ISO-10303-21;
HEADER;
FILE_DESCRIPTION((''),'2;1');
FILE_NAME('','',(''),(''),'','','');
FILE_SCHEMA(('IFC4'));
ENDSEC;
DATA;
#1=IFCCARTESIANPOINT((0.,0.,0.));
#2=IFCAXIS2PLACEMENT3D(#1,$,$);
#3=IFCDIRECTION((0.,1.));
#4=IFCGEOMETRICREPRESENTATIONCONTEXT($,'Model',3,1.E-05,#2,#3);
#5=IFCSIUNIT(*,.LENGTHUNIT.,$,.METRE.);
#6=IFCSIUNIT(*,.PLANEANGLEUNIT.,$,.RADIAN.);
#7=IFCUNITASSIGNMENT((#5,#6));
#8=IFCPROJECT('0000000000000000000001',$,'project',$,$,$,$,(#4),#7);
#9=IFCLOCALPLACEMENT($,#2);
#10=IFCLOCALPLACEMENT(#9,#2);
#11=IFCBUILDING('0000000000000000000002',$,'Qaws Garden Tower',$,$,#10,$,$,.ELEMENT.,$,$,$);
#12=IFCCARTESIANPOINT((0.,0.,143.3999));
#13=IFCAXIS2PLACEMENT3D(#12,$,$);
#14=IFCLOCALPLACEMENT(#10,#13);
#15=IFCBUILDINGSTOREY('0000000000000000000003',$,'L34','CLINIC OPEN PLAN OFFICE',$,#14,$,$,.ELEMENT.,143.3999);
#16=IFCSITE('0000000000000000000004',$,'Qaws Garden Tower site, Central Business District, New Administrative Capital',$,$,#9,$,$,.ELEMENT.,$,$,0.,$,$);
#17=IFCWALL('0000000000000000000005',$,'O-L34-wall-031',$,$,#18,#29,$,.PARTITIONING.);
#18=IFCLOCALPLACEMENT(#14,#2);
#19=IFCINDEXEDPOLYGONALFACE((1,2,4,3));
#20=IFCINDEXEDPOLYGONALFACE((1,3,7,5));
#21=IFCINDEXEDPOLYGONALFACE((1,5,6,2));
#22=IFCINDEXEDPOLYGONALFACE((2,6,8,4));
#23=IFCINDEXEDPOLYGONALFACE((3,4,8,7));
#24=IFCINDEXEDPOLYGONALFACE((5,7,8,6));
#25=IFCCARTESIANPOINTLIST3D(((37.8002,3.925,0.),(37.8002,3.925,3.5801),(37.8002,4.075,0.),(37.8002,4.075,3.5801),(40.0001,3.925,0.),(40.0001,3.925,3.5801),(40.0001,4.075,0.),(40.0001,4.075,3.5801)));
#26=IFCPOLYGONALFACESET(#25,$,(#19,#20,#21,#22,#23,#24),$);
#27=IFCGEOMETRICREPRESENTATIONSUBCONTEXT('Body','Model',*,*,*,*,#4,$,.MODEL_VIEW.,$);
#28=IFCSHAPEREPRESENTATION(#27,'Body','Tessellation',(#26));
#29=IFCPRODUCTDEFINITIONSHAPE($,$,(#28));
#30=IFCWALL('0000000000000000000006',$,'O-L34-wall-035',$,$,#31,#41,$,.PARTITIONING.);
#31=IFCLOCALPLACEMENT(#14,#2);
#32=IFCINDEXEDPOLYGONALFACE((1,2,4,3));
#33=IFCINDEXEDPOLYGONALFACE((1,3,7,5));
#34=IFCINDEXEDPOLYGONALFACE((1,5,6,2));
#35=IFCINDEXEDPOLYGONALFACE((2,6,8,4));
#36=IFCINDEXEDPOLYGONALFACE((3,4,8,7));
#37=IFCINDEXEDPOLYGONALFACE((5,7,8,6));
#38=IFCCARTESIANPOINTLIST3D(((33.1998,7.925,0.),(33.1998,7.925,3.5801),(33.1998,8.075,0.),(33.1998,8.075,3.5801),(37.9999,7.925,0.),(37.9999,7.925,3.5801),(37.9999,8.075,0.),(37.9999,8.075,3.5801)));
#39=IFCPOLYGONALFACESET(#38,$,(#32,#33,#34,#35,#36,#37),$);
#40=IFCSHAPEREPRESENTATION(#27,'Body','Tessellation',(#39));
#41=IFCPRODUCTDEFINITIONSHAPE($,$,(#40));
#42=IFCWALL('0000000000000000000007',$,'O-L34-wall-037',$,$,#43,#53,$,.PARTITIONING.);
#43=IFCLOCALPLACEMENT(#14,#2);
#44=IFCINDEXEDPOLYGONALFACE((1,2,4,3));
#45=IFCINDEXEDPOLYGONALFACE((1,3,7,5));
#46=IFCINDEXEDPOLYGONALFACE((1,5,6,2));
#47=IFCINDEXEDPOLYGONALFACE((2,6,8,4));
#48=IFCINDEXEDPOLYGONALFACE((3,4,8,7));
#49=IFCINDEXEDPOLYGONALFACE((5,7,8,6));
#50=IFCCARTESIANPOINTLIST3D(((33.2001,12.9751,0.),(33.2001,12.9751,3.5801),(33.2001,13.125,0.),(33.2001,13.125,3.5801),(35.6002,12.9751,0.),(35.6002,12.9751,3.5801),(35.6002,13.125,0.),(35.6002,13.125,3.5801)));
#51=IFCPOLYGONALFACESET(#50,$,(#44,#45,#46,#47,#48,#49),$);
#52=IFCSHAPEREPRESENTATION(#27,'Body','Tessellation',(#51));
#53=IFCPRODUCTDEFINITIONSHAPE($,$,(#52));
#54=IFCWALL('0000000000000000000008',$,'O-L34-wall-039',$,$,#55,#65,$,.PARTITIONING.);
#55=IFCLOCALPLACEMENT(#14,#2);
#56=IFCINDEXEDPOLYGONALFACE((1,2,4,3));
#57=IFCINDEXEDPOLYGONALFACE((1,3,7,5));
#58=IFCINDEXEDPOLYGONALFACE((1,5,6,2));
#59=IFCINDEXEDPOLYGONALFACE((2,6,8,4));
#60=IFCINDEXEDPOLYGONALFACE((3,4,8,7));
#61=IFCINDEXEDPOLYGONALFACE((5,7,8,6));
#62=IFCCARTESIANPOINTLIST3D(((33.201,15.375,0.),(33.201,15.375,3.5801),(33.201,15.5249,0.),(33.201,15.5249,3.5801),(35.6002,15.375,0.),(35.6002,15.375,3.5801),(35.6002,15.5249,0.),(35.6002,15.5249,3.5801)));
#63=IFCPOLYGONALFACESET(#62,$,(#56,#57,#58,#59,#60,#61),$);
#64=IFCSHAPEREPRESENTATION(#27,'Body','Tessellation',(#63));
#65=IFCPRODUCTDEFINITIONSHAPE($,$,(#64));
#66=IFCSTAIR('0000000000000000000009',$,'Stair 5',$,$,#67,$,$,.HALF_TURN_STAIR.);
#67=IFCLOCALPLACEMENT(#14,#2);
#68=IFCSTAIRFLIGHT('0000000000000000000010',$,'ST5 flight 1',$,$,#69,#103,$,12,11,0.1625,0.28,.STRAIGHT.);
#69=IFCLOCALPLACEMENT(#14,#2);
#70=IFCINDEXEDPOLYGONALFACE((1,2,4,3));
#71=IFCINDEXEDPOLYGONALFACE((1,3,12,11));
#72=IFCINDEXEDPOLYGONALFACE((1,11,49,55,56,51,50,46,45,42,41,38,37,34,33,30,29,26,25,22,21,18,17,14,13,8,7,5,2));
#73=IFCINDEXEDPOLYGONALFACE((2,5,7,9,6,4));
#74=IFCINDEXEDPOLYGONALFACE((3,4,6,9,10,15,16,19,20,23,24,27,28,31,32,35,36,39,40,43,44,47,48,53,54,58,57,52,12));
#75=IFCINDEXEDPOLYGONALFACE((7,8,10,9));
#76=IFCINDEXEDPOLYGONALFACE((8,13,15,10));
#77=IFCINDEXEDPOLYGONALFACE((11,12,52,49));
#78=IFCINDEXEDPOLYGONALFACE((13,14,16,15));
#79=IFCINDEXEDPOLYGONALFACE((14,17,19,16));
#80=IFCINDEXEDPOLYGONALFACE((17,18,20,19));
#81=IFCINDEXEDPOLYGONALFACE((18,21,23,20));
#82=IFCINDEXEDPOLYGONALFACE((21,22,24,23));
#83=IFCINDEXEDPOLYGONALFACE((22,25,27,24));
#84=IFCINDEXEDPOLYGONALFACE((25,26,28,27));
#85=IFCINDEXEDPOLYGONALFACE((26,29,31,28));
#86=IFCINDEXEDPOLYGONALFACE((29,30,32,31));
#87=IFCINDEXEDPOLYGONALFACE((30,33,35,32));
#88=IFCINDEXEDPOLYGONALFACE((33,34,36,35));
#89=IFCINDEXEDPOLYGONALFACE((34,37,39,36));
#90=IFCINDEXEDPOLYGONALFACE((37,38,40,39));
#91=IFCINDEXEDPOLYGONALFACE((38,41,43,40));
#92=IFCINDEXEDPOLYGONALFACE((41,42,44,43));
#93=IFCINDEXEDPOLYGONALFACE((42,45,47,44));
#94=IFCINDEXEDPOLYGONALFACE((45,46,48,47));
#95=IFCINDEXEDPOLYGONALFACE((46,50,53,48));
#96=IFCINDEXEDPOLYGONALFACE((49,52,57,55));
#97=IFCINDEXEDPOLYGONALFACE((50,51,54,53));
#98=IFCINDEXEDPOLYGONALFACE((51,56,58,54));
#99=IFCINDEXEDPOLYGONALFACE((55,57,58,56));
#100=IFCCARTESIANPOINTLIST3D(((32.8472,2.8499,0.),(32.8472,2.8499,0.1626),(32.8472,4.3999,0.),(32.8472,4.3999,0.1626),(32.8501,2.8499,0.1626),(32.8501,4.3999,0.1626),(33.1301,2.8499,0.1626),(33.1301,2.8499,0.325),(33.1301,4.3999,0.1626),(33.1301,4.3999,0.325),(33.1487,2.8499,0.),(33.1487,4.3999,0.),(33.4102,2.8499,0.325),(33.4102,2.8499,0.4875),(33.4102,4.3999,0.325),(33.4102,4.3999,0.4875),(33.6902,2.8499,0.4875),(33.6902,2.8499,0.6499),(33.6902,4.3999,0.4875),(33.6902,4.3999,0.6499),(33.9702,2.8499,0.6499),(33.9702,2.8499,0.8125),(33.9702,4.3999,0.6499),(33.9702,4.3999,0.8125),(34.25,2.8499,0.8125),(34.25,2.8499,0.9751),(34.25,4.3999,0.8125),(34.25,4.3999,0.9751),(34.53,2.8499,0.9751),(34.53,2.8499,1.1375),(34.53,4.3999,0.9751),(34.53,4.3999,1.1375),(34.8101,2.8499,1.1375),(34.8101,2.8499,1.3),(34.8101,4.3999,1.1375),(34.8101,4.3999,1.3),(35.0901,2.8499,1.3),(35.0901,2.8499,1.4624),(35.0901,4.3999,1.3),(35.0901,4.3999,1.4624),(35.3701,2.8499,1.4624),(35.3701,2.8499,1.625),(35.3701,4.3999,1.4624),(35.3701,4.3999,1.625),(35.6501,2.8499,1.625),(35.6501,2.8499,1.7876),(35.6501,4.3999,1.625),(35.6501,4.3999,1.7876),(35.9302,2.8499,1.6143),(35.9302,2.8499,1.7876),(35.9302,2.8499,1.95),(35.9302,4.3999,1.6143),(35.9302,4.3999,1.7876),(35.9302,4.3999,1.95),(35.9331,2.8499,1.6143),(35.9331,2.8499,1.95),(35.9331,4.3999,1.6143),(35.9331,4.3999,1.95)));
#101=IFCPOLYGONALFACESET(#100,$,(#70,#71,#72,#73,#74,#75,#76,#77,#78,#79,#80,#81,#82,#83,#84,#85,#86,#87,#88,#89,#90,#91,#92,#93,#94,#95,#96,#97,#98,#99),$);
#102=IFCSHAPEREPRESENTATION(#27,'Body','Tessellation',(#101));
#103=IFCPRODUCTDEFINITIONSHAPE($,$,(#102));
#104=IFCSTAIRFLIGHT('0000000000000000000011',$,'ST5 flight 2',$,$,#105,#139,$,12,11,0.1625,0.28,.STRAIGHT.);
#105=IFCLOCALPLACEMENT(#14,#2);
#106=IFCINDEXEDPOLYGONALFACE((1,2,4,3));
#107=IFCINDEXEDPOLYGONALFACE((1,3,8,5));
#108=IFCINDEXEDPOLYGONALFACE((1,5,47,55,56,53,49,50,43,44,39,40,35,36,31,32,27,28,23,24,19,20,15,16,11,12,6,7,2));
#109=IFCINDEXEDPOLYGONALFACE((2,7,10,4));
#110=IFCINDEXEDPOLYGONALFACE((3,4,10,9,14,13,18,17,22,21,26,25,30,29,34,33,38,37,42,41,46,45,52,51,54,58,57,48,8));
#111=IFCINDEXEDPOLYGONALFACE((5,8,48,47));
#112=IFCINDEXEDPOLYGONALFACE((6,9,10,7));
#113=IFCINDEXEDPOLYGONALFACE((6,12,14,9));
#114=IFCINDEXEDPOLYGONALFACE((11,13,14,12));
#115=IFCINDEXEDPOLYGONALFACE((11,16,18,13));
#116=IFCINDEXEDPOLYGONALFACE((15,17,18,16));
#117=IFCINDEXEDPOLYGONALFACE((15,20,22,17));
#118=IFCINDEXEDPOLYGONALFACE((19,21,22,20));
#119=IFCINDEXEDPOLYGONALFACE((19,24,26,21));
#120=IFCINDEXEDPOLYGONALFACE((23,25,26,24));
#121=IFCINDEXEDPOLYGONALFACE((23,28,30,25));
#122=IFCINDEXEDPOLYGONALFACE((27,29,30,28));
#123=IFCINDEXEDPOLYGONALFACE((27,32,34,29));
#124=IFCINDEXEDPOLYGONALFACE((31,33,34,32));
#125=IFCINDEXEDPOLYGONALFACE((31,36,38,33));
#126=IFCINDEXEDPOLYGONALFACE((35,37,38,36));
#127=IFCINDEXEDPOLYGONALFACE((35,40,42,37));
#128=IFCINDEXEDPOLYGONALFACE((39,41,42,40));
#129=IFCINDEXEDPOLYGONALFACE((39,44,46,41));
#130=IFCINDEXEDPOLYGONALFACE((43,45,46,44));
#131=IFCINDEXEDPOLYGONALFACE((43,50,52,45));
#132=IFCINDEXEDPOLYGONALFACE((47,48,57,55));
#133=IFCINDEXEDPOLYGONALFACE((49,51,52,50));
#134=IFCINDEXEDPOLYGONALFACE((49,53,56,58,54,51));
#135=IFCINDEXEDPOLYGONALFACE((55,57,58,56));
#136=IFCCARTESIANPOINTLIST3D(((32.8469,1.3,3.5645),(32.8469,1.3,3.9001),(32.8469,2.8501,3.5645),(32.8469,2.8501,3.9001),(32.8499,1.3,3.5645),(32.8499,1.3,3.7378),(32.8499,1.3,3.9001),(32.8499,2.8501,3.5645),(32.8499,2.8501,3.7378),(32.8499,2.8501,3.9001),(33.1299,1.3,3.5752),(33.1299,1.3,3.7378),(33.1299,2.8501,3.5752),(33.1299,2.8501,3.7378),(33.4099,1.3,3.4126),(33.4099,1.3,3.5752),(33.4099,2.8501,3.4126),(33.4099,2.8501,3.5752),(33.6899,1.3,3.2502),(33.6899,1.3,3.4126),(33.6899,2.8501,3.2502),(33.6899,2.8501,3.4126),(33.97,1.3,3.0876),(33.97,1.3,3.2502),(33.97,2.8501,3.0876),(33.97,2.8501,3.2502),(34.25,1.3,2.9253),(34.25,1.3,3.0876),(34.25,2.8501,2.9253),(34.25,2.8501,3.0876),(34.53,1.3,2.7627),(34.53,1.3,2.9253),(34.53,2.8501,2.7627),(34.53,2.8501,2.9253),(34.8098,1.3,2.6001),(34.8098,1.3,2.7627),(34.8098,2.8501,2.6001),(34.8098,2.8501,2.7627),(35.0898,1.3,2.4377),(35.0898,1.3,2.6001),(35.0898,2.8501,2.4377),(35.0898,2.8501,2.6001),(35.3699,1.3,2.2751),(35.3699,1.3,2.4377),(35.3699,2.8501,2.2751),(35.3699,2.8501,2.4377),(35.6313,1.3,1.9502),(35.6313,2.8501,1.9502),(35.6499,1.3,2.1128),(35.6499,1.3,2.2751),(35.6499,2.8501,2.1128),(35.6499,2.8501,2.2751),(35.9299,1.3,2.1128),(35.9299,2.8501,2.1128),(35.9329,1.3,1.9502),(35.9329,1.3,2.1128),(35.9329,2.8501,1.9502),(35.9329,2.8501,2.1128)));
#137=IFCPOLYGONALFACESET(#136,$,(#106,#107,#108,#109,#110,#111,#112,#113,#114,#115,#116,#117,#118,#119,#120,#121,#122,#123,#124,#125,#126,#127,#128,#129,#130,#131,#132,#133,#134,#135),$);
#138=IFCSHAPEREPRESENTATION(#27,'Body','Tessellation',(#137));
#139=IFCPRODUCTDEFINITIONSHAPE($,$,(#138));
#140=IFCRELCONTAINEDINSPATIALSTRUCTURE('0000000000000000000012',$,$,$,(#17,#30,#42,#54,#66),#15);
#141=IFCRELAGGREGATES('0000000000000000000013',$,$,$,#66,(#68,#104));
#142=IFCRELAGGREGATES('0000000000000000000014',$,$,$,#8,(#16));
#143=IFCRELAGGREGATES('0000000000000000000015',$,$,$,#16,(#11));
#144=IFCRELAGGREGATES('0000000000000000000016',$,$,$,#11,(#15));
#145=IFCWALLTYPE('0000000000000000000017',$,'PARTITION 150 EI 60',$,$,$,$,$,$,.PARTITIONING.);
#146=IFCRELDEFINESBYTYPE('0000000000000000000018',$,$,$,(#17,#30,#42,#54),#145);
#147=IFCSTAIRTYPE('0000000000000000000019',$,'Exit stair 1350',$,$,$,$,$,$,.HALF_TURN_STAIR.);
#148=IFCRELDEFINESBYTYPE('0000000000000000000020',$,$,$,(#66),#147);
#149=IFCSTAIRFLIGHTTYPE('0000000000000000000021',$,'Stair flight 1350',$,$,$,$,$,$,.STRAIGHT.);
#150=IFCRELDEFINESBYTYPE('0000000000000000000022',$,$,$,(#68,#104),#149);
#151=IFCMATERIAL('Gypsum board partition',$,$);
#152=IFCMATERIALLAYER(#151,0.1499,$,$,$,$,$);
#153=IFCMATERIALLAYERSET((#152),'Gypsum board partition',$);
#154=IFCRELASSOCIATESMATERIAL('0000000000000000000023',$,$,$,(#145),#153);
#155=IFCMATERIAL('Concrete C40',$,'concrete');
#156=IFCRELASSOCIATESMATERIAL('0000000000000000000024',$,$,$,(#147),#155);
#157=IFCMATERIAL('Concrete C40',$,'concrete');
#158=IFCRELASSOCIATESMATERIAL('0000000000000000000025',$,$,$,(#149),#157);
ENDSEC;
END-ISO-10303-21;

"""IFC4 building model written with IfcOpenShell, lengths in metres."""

from ifc_helpers import new_model, si_unit, direction, frame, frame_2d, origin, place, context, subcontext, project, spatial, polyline, rectangle, outline, extrude, material, layer, layer_set, type_object, element, aggregate, save


model = new_model("IFC4")

# Units and contexts
model_context = context("Model", 3, precision=1e-05, world=origin(), true_north=direction((0.0, 1.0)))
body_context = subcontext(model_context, "Body", "Model", "MODEL_VIEW")
ifc_project = project(units=[si_unit("LENGTHUNIT", "METRE"), si_unit("PLANEANGLEUNIT", "RADIAN")], contexts=[model_context])

# Site, building, storey
site_placement = place(None, origin())
site = spatial("IfcSite", under=ifc_project, at=site_placement, Name="Qaws Garden Tower site, Central Business District, New Administrative Capital", CompositionType="ELEMENT", RefElevation=0.0)
building_placement = place(site_placement, origin())
building = spatial("IfcBuilding", under=site, at=building_placement, Name="Qaws Garden Tower", CompositionType="ELEMENT")
storey_placement = place(building_placement, frame((0.0, 0.0, 143.3999)))
storey = spatial("IfcBuildingStorey", under=building, at=storey_placement, Name="L34", Description="CLINIC OPEN PLAN OFFICE", CompositionType="ELEMENT", Elevation=143.3999)

# Shared definitions
ifc_material_1 = material(Name="Gypsum board partition")
ifc_layer_1 = layer(ifc_material_1, 0.1499)
ifc_layer_set_1 = layer_set([ifc_layer_1], Name="Gypsum board partition")
wall_type_1 = type_object("IfcWallType", Name="PARTITION 150 EI 60", PredefinedType="PARTITIONING", material=ifc_layer_set_1)

# Walls
wall_1_placement = place(storey_placement, frame((37.8, 4.0, 0.0), z_axis=(0.0, 0.0, 1.0), x_axis=(1.0, 0.0, 0.0)))
element("IfcWall", 1, at=wall_1_placement, inside=storey, type_object=wall_type_1, Name="O-L34-wall-031", PredefinedType="PARTITIONING", context=body_context, shape_type="SweptSolid", body=[
    extrude(rectangle(XDim=2.2, YDim=0.1499, at=frame_2d((1.1001, 0.0))), origin(), (0.0, 0.0, 1.0), 3.5801),
])
wall_2_placement = place(storey_placement, frame((33.2, 8.0, 0.0), z_axis=(0.0, 0.0, 1.0), x_axis=(1.0, 0.0, 0.0)))
element("IfcWall", 2, at=wall_2_placement, inside=storey, type_object=wall_type_1, Name="O-L34-wall-035", PredefinedType="PARTITIONING", context=body_context, shape_type="SweptSolid", body=[
    extrude(rectangle(XDim=4.8, YDim=0.1499, at=frame_2d((2.3999, 0.0))), origin(), (0.0, 0.0, 1.0), 3.5801),
])
wall_3_placement = place(storey_placement, frame((33.2, 13.05, 0.0), z_axis=(0.0, 0.0, 1.0), x_axis=(1.0, 0.0, 0.0)))
element("IfcWall", 3, at=wall_3_placement, inside=storey, type_object=wall_type_1, Name="O-L34-wall-037", PredefinedType="PARTITIONING", context=body_context, shape_type="SweptSolid", body=[
    extrude(rectangle(XDim=2.4001, YDim=0.1499, at=frame_2d((1.2002, 0.0))), origin(), (0.0, 0.0, 1.0), 3.5801),
])
wall_4_placement = place(storey_placement, frame((33.2009, 15.45, 0.0), z_axis=(0.0, 0.0, 1.0), x_axis=(1.0, 0.0, 0.0)))
element("IfcWall", 4, at=wall_4_placement, inside=storey, type_object=wall_type_1, Name="O-L34-wall-039", PredefinedType="PARTITIONING", context=body_context, shape_type="SweptSolid", body=[
    extrude(rectangle(XDim=2.3992, YDim=0.1499, at=frame_2d((1.1997, 0.0))), origin(), (0.0, 0.0, 1.0), 3.5801),
])

# Stair, stair flights
ifc_material_2 = material(Name="Concrete C40", Category="concrete")
stair_type = type_object("IfcStairType", Name="Exit stair 1350", PredefinedType="HALF_TURN_STAIR", material=ifc_material_2)
stair_placement = place(storey_placement, origin())
stair = element("IfcStair", 5, at=stair_placement, inside=storey, type_object=stair_type, Name="Stair 5", PredefinedType="HALF_TURN_STAIR")
ifc_material_3 = material(Name="Concrete C40", Category="concrete")
stair_flight_type = type_object("IfcStairFlightType", Name="Stair flight 1350", PredefinedType="STRAIGHT", material=ifc_material_3)
stair_flight_1_placement = place(storey_placement, frame((32.8501, 3.625, 0.0), z_axis=(0.0, 0.0, 1.0), x_axis=(1.0, 0.0, 0.0)))
stair_flight_1 = element("IfcStairFlight", 6, at=stair_flight_1_placement, type_object=stair_flight_type, Name="ST5 flight 1", NumberOfRisers=12, NumberOfTreads=11, PredefinedType="STRAIGHT", RiserHeight=0.1625, TreadLength=0.28, context=body_context, shape_type="SweptSolid", body=[
    extrude(outline(polyline([(-0.0029, 0.0), (-0.0029, 0.1626), (0.0, 0.1626), (0.28, 0.1626), (0.28, 0.325), (0.5601, 0.325), (0.5601, 0.4875), (0.8401, 0.4875), (0.8401, 0.6499), (1.1201, 0.6499), (1.1201, 0.8125), (1.3999, 0.8125), (1.3999, 0.9751), (1.6799, 0.9751), (1.6799, 1.1375), (1.96, 1.1375), (1.96, 1.3), (2.24, 1.3), (2.24, 1.4624), (2.52, 1.4624), (2.52, 1.625), (2.8, 1.625), (2.8, 1.7876), (3.0801, 1.7876), (3.0801, 1.95), (3.083, 1.95), (3.083, 1.6143), (3.0801, 1.6143), (0.2986, 0.0), (-0.0029, 0.0)])), frame((0.0, 0.7749, 0.0), z_axis=(0.0, -1.0, 0.0), x_axis=(1.0, 0.0, 0.0)), (0.0, 0.0, 1.0), 1.55),
])
stair_flight_2_placement = place(storey_placement, frame((35.9299, 2.075, 1.9502), z_axis=(0.0, 0.0, 1.0), x_axis=(-1.0, 0.0, 0.0)))
stair_flight_2 = element("IfcStairFlight", 7, at=stair_flight_2_placement, type_object=stair_flight_type, Name="ST5 flight 2", NumberOfRisers=12, NumberOfTreads=11, PredefinedType="STRAIGHT", RiserHeight=0.1625, TreadLength=0.28, context=body_context, shape_type="SweptSolid", body=[
    extrude(outline(polyline([(-0.0029, 0.0), (-0.0029, 0.1626), (0.0, 0.1626), (0.28, 0.1626), (0.28, 0.325), (0.5601, 0.325), (0.5601, 0.4875), (0.8401, 0.4875), (0.8401, 0.6499), (1.1201, 0.6499), (1.1201, 0.8125), (1.3999, 0.8125), (1.3999, 0.9751), (1.6799, 0.9751), (1.6799, 1.1375), (1.96, 1.1375), (1.96, 1.3), (2.24, 1.3), (2.24, 1.4624), (2.52, 1.4624), (2.52, 1.625), (2.8, 1.625), (2.8, 1.7876), (3.0801, 1.7876), (3.0801, 1.95), (3.083, 1.95), (3.083, 1.6143), (3.0801, 1.6143), (0.2986, 0.0), (-0.0029, 0.0)])), frame((0.0, 0.7749, 0.0), z_axis=(0.0, -1.0, 0.0), x_axis=(1.0, 0.0, 0.0)), (0.0, 0.0, 1.0), 1.55),
])
aggregate(stair, [stair_flight_1, stair_flight_2])

save(model, "model.ifc")
